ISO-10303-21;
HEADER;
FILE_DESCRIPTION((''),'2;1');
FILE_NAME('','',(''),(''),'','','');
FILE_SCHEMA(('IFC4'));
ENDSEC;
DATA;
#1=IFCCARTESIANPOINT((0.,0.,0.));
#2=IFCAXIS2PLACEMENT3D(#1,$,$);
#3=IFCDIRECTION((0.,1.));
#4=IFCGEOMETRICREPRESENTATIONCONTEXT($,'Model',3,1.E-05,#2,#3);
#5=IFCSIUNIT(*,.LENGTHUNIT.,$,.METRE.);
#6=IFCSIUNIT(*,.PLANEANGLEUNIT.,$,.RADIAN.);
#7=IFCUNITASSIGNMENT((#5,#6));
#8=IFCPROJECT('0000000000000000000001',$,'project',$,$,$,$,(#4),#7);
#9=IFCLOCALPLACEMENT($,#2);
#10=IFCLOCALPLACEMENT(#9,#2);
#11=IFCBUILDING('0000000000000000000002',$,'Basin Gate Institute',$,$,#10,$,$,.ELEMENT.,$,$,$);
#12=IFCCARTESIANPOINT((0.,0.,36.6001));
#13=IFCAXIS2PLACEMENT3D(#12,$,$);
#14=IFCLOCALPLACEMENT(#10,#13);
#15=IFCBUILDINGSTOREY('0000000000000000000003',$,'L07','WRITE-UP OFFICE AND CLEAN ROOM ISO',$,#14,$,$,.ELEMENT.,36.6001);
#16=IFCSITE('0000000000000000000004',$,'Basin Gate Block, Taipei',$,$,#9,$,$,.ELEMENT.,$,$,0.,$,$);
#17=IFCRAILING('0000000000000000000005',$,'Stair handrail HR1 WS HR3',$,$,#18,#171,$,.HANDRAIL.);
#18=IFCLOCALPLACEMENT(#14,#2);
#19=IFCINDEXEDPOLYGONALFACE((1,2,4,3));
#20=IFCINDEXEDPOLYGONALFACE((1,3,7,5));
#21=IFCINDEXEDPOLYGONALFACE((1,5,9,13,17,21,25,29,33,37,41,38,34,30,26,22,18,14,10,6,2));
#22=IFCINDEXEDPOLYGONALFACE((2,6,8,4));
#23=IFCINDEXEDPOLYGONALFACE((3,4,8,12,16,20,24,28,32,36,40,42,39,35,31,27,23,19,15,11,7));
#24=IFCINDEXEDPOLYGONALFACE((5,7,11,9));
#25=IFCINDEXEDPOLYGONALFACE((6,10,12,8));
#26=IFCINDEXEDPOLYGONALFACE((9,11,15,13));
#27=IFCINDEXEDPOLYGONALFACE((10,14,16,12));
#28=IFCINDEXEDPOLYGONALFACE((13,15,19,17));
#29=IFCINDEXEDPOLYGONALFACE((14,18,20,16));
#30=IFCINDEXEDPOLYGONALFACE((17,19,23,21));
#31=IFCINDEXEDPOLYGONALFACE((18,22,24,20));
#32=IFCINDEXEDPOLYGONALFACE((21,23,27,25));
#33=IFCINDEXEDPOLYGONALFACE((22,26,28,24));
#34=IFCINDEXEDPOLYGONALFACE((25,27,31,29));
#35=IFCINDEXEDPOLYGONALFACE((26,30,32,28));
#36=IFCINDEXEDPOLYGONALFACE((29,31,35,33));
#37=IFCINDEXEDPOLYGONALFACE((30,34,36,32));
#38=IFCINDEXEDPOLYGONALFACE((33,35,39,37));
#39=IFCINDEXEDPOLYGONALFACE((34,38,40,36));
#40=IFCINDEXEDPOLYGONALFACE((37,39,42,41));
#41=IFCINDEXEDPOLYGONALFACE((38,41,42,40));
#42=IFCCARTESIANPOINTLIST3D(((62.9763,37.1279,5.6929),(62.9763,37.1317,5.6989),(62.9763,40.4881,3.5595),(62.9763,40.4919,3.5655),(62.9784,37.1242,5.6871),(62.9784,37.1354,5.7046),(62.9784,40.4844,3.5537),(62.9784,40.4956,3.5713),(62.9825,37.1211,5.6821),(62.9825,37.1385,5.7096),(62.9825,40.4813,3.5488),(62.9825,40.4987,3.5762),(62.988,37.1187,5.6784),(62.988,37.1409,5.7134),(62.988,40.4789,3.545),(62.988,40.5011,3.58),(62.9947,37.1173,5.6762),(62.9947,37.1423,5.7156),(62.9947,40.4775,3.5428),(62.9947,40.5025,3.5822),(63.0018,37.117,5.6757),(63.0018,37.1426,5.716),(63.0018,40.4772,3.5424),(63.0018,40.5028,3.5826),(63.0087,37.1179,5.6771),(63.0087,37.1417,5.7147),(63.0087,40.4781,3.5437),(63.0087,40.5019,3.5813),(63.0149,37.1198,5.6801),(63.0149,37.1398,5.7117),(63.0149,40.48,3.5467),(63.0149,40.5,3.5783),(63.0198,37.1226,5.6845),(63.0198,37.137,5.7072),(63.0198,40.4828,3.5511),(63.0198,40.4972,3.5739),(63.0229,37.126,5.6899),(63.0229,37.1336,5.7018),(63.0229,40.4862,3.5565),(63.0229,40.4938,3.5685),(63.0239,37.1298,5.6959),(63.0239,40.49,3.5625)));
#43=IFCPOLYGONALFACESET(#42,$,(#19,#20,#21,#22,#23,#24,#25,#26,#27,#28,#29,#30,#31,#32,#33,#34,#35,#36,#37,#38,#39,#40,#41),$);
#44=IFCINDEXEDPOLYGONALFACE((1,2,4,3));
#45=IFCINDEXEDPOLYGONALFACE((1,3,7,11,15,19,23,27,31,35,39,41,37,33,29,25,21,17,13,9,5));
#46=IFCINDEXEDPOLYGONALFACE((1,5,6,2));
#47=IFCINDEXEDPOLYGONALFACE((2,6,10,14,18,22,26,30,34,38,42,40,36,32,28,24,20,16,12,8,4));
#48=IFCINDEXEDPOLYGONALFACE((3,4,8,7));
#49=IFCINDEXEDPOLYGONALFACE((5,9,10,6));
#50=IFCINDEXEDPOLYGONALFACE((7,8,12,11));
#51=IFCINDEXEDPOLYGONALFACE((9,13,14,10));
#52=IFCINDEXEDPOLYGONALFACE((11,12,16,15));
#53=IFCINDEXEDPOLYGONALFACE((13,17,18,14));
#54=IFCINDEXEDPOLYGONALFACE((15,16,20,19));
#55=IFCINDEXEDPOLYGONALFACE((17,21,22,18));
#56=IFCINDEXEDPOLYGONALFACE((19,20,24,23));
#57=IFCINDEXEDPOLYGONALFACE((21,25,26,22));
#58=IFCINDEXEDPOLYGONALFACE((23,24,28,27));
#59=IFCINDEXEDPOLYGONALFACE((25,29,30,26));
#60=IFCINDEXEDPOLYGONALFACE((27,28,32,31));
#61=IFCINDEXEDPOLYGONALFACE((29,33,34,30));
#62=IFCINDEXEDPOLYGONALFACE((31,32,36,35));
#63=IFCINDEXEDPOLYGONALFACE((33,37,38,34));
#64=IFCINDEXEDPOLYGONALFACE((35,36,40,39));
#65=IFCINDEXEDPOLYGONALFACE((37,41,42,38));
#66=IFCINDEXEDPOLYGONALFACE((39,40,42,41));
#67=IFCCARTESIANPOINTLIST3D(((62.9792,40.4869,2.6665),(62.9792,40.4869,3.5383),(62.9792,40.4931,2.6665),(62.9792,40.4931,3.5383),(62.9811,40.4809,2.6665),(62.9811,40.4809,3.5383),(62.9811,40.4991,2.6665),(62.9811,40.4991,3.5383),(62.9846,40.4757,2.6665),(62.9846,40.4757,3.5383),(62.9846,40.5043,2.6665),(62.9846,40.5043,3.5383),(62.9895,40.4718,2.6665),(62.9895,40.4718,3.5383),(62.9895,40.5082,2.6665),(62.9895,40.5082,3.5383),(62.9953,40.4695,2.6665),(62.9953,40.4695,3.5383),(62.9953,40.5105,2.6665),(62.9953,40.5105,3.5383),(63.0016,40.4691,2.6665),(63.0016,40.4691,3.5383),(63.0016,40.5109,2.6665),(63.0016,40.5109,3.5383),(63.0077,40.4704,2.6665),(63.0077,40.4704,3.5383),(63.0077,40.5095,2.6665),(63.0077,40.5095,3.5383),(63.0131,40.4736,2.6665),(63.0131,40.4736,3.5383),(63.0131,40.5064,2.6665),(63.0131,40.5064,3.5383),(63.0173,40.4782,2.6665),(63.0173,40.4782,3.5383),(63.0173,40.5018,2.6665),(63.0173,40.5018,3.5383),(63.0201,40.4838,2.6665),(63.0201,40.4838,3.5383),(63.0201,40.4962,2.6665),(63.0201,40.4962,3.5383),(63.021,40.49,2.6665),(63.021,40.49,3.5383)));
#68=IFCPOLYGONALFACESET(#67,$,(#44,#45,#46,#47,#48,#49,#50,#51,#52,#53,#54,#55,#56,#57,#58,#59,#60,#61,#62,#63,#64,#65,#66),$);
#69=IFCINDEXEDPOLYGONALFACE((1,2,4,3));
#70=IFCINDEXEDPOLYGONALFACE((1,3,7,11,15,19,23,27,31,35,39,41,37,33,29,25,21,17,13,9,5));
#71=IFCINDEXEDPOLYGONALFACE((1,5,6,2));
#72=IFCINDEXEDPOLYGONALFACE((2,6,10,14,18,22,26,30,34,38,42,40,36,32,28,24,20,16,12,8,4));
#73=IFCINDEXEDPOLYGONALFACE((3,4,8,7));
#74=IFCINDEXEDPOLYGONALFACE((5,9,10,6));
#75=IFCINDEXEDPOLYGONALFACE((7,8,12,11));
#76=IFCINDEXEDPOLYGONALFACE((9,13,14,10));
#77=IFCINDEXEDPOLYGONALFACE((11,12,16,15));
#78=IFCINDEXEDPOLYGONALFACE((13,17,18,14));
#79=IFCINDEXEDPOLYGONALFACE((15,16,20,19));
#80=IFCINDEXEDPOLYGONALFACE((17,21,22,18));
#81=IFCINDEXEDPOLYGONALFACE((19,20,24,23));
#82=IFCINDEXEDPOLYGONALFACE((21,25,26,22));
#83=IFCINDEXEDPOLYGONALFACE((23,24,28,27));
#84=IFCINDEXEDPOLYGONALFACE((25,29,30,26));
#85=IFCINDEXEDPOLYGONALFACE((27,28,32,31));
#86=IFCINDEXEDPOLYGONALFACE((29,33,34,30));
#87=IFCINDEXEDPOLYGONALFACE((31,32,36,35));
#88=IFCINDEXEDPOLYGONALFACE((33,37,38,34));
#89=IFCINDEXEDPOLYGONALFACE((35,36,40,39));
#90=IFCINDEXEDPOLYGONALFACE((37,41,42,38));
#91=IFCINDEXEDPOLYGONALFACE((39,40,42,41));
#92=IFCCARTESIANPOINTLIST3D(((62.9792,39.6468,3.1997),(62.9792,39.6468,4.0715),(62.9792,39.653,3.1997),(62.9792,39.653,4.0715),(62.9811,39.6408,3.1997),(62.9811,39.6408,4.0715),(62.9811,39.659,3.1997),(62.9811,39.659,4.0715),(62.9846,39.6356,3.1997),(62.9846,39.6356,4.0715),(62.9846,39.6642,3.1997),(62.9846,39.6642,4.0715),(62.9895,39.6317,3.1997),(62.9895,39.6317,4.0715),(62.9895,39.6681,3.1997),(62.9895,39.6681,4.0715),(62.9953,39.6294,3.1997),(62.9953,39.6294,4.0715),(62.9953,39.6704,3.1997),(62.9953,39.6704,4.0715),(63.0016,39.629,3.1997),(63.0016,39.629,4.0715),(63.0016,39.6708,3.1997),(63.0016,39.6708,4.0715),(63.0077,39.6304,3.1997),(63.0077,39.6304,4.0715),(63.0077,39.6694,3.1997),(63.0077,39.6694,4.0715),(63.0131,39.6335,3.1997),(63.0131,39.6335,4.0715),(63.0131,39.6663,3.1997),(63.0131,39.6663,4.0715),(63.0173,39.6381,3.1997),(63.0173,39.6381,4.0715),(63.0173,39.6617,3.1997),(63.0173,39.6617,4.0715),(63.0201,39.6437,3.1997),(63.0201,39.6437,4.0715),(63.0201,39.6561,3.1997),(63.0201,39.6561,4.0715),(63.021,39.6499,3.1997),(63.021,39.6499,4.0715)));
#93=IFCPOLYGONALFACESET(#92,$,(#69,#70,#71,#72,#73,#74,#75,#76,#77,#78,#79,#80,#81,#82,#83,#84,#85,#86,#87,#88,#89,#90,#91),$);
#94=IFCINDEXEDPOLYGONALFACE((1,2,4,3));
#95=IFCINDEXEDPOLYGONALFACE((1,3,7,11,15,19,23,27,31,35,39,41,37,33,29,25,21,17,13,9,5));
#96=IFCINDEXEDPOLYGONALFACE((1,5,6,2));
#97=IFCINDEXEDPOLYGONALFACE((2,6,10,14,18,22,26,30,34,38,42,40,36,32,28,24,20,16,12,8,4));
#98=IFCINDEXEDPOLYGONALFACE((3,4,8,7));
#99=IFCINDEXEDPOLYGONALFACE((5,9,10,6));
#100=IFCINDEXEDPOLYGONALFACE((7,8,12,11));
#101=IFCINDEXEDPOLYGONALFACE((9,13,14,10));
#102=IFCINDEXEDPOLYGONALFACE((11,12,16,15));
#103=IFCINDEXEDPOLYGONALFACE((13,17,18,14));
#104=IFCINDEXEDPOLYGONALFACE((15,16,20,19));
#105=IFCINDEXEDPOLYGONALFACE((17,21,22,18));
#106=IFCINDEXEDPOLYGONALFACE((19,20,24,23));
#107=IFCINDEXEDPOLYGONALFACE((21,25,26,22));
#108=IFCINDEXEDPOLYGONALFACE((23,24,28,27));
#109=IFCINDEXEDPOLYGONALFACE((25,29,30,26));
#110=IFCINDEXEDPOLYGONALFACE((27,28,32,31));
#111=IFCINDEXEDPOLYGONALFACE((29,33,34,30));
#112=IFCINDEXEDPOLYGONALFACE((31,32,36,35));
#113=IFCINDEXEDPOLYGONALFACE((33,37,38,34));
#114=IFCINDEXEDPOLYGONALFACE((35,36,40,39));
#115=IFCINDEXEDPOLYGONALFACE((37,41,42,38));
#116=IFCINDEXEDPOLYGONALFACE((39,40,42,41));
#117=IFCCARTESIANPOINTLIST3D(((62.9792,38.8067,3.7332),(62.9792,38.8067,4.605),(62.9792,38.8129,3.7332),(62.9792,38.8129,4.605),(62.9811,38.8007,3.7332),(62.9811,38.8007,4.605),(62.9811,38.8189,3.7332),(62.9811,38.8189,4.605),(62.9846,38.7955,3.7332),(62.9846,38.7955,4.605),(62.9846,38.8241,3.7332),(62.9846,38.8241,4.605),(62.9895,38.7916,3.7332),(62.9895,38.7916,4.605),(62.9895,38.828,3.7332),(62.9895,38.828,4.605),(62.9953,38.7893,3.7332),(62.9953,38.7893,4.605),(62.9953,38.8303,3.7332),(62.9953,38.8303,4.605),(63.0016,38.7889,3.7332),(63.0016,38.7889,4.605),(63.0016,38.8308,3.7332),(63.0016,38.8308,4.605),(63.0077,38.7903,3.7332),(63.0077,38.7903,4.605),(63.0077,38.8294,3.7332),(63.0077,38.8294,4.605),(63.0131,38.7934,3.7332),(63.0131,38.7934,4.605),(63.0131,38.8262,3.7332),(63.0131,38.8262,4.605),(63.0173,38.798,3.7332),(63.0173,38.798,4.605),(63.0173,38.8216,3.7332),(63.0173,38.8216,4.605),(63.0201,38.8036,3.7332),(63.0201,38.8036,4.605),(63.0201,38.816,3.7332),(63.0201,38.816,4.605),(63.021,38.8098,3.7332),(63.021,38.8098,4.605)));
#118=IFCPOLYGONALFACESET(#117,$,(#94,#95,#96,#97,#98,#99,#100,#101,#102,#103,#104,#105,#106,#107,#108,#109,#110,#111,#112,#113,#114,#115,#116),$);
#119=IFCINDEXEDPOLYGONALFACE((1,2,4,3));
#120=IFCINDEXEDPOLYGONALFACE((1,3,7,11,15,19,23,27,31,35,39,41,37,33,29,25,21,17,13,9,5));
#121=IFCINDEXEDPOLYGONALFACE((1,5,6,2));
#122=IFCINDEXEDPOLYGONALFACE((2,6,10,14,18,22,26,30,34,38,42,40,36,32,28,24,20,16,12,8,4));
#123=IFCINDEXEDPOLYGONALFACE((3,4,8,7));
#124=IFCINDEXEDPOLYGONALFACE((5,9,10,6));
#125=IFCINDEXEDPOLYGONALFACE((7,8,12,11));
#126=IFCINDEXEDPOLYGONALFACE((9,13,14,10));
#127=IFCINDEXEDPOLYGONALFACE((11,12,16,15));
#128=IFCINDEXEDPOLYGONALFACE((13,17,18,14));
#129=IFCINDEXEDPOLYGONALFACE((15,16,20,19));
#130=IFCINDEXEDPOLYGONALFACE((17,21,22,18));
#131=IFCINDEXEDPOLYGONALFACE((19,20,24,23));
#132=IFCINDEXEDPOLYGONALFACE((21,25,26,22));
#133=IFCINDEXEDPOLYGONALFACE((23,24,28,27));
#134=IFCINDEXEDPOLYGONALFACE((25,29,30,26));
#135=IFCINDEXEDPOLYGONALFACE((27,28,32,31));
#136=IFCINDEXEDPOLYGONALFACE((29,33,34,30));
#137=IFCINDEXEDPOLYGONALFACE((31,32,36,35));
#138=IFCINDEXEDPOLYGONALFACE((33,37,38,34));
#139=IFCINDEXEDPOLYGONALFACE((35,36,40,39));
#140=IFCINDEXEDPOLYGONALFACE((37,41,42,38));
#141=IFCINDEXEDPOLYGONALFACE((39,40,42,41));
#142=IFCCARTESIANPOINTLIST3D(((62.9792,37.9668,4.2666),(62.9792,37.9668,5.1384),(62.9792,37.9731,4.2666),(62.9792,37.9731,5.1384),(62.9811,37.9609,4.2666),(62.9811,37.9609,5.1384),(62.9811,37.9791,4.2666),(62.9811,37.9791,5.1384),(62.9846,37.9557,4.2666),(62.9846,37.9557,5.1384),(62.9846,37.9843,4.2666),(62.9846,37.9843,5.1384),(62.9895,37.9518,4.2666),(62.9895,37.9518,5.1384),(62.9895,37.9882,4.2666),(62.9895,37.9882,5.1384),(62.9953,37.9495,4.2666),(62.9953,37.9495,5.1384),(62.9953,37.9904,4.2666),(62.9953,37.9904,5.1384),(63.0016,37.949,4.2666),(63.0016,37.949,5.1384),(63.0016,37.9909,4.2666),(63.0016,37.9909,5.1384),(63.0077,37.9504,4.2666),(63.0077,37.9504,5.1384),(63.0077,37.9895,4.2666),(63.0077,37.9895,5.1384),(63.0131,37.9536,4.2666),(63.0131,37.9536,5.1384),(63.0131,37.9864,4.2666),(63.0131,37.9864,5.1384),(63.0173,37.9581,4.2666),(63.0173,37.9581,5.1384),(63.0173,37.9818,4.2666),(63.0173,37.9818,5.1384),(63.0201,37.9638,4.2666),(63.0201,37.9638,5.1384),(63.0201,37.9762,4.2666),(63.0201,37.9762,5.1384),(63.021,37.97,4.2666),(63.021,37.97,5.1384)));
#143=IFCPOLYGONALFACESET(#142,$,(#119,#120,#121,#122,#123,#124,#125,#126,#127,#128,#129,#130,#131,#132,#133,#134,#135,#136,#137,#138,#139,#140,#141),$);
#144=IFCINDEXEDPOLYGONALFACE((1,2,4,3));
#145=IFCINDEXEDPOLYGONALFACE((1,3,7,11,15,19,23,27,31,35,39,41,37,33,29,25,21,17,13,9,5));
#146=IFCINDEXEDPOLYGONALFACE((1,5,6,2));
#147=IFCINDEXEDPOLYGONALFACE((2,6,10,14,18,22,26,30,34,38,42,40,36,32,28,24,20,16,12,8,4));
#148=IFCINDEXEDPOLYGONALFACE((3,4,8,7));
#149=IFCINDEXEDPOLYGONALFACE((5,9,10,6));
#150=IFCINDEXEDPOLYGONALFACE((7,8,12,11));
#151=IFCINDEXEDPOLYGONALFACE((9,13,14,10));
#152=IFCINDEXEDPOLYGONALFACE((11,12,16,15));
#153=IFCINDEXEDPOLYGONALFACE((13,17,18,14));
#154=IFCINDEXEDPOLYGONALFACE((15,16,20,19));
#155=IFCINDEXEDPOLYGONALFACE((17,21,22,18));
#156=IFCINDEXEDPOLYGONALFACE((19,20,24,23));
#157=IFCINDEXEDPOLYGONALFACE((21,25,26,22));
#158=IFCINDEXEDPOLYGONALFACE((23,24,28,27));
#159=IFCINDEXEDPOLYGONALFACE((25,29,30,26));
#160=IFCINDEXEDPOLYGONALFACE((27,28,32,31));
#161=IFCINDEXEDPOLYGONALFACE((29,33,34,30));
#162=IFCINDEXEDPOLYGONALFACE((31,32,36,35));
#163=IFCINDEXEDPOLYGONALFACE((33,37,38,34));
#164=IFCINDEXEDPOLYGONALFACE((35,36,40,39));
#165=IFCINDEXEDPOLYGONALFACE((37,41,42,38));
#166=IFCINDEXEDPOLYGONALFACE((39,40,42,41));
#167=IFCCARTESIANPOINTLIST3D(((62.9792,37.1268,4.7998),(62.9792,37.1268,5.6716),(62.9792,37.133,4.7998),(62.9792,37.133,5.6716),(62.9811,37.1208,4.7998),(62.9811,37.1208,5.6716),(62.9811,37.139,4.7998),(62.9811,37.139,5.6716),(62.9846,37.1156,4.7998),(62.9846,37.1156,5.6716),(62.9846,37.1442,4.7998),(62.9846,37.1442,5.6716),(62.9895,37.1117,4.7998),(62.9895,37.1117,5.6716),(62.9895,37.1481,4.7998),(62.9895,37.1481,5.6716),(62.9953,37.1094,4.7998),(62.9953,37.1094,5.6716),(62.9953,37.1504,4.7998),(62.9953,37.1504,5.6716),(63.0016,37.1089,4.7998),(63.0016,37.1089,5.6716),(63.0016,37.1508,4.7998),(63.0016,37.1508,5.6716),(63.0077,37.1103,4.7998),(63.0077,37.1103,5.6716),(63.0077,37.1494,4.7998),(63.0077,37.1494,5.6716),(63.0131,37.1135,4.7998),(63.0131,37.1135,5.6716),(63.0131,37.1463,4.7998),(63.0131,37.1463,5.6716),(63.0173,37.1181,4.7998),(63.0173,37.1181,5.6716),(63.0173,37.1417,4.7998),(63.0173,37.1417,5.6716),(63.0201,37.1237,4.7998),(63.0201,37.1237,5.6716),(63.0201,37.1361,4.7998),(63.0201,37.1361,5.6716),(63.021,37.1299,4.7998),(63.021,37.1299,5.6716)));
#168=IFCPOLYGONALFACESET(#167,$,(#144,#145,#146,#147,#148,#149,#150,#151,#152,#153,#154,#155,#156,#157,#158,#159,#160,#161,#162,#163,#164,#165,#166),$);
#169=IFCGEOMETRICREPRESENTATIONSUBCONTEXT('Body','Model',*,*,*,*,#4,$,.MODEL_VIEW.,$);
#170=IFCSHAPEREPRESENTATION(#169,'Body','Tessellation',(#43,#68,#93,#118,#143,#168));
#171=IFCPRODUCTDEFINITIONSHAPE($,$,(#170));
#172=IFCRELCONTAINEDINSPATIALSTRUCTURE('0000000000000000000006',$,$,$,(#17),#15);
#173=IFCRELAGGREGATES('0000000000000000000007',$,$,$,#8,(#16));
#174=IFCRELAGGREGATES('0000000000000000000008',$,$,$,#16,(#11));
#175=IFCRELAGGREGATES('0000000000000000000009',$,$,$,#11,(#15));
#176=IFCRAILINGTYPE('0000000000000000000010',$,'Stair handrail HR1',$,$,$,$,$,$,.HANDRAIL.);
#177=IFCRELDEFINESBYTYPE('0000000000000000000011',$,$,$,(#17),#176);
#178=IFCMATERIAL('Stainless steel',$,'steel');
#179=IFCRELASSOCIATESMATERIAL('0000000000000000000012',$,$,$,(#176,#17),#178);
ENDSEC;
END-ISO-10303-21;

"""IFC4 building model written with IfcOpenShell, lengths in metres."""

from ifc_helpers import new_model, si_unit, direction, frame, origin, origin_2d, place, context, subcontext, project, spatial, circle, extrude, material, type_object, element, save


model = new_model("IFC4")

# Units and contexts
model_context = context("Model", 3, precision=1e-05, world=origin(), true_north=direction((0.0, 1.0)))
body_context = subcontext(model_context, "Body", "Model", "MODEL_VIEW")
ifc_project = project(units=[si_unit("LENGTHUNIT", "METRE"), si_unit("PLANEANGLEUNIT", "RADIAN")], contexts=[model_context])

# Site, building, storey
site_placement = place(None, origin())
site = spatial("IfcSite", under=ifc_project, at=site_placement, Name="Basin Gate Block, Taipei", CompositionType="ELEMENT", RefElevation=0.0)
building_placement = place(site_placement, origin())
building = spatial("IfcBuilding", under=site, at=building_placement, Name="Basin Gate Institute", CompositionType="ELEMENT")
storey_placement = place(building_placement, frame((0.0, 0.0, 36.6001)))
storey = spatial("IfcBuildingStorey", under=building, at=storey_placement, Name="L07", Description="WRITE-UP OFFICE AND CLEAN ROOM ISO", CompositionType="ELEMENT", Elevation=36.6001)

# Railing
ifc_material_1 = material(Name="Stainless steel", Category="steel")
railing_type_1 = type_object("IfcRailingType", Name="Stair handrail HR1", PredefinedType="HANDRAIL", material=ifc_material_1)
railing_1_placement = place(storey_placement, frame((63.0, 40.49, 2.6665)))
element("IfcRailing", 1, at=railing_1_placement, inside=storey, type_object=railing_type_1, material=ifc_material_1, Name="Stair handrail HR1 WS HR3", PredefinedType="HANDRAIL", context=body_context, shape_type="SweptSolid", body=[
    extrude(circle(Radius=0.0239, at=origin_2d()), frame((0.0, 0.0, 0.896), z_axis=(0.0, -0.844224, 0.53599), x_axis=(1.0, 0.0, 0.0)), (0.0, 0.0, 1.0), 3.9802),
    extrude(circle(Radius=0.021, at=origin_2d()), origin(), (0.0, 0.0, 1.0), 0.8718),
    extrude(circle(Radius=0.021, at=origin_2d()), frame((0.0, -0.8401, 0.5332)), (0.0, 0.0, 1.0), 0.8718),
    extrude(circle(Radius=0.021, at=origin_2d()), frame((0.0, -1.6802, 1.0667)), (0.0, 0.0, 1.0), 0.8718),
    extrude(circle(Radius=0.021, at=origin_2d()), frame((0.0, -2.52, 1.6001)), (0.0, 0.0, 1.0), 0.8718),
    extrude(circle(Radius=0.021, at=origin_2d()), frame((0.0, -3.3601, 2.1333)), (0.0, 0.0, 1.0), 0.8718),
])

save(model, "model.ifc")
